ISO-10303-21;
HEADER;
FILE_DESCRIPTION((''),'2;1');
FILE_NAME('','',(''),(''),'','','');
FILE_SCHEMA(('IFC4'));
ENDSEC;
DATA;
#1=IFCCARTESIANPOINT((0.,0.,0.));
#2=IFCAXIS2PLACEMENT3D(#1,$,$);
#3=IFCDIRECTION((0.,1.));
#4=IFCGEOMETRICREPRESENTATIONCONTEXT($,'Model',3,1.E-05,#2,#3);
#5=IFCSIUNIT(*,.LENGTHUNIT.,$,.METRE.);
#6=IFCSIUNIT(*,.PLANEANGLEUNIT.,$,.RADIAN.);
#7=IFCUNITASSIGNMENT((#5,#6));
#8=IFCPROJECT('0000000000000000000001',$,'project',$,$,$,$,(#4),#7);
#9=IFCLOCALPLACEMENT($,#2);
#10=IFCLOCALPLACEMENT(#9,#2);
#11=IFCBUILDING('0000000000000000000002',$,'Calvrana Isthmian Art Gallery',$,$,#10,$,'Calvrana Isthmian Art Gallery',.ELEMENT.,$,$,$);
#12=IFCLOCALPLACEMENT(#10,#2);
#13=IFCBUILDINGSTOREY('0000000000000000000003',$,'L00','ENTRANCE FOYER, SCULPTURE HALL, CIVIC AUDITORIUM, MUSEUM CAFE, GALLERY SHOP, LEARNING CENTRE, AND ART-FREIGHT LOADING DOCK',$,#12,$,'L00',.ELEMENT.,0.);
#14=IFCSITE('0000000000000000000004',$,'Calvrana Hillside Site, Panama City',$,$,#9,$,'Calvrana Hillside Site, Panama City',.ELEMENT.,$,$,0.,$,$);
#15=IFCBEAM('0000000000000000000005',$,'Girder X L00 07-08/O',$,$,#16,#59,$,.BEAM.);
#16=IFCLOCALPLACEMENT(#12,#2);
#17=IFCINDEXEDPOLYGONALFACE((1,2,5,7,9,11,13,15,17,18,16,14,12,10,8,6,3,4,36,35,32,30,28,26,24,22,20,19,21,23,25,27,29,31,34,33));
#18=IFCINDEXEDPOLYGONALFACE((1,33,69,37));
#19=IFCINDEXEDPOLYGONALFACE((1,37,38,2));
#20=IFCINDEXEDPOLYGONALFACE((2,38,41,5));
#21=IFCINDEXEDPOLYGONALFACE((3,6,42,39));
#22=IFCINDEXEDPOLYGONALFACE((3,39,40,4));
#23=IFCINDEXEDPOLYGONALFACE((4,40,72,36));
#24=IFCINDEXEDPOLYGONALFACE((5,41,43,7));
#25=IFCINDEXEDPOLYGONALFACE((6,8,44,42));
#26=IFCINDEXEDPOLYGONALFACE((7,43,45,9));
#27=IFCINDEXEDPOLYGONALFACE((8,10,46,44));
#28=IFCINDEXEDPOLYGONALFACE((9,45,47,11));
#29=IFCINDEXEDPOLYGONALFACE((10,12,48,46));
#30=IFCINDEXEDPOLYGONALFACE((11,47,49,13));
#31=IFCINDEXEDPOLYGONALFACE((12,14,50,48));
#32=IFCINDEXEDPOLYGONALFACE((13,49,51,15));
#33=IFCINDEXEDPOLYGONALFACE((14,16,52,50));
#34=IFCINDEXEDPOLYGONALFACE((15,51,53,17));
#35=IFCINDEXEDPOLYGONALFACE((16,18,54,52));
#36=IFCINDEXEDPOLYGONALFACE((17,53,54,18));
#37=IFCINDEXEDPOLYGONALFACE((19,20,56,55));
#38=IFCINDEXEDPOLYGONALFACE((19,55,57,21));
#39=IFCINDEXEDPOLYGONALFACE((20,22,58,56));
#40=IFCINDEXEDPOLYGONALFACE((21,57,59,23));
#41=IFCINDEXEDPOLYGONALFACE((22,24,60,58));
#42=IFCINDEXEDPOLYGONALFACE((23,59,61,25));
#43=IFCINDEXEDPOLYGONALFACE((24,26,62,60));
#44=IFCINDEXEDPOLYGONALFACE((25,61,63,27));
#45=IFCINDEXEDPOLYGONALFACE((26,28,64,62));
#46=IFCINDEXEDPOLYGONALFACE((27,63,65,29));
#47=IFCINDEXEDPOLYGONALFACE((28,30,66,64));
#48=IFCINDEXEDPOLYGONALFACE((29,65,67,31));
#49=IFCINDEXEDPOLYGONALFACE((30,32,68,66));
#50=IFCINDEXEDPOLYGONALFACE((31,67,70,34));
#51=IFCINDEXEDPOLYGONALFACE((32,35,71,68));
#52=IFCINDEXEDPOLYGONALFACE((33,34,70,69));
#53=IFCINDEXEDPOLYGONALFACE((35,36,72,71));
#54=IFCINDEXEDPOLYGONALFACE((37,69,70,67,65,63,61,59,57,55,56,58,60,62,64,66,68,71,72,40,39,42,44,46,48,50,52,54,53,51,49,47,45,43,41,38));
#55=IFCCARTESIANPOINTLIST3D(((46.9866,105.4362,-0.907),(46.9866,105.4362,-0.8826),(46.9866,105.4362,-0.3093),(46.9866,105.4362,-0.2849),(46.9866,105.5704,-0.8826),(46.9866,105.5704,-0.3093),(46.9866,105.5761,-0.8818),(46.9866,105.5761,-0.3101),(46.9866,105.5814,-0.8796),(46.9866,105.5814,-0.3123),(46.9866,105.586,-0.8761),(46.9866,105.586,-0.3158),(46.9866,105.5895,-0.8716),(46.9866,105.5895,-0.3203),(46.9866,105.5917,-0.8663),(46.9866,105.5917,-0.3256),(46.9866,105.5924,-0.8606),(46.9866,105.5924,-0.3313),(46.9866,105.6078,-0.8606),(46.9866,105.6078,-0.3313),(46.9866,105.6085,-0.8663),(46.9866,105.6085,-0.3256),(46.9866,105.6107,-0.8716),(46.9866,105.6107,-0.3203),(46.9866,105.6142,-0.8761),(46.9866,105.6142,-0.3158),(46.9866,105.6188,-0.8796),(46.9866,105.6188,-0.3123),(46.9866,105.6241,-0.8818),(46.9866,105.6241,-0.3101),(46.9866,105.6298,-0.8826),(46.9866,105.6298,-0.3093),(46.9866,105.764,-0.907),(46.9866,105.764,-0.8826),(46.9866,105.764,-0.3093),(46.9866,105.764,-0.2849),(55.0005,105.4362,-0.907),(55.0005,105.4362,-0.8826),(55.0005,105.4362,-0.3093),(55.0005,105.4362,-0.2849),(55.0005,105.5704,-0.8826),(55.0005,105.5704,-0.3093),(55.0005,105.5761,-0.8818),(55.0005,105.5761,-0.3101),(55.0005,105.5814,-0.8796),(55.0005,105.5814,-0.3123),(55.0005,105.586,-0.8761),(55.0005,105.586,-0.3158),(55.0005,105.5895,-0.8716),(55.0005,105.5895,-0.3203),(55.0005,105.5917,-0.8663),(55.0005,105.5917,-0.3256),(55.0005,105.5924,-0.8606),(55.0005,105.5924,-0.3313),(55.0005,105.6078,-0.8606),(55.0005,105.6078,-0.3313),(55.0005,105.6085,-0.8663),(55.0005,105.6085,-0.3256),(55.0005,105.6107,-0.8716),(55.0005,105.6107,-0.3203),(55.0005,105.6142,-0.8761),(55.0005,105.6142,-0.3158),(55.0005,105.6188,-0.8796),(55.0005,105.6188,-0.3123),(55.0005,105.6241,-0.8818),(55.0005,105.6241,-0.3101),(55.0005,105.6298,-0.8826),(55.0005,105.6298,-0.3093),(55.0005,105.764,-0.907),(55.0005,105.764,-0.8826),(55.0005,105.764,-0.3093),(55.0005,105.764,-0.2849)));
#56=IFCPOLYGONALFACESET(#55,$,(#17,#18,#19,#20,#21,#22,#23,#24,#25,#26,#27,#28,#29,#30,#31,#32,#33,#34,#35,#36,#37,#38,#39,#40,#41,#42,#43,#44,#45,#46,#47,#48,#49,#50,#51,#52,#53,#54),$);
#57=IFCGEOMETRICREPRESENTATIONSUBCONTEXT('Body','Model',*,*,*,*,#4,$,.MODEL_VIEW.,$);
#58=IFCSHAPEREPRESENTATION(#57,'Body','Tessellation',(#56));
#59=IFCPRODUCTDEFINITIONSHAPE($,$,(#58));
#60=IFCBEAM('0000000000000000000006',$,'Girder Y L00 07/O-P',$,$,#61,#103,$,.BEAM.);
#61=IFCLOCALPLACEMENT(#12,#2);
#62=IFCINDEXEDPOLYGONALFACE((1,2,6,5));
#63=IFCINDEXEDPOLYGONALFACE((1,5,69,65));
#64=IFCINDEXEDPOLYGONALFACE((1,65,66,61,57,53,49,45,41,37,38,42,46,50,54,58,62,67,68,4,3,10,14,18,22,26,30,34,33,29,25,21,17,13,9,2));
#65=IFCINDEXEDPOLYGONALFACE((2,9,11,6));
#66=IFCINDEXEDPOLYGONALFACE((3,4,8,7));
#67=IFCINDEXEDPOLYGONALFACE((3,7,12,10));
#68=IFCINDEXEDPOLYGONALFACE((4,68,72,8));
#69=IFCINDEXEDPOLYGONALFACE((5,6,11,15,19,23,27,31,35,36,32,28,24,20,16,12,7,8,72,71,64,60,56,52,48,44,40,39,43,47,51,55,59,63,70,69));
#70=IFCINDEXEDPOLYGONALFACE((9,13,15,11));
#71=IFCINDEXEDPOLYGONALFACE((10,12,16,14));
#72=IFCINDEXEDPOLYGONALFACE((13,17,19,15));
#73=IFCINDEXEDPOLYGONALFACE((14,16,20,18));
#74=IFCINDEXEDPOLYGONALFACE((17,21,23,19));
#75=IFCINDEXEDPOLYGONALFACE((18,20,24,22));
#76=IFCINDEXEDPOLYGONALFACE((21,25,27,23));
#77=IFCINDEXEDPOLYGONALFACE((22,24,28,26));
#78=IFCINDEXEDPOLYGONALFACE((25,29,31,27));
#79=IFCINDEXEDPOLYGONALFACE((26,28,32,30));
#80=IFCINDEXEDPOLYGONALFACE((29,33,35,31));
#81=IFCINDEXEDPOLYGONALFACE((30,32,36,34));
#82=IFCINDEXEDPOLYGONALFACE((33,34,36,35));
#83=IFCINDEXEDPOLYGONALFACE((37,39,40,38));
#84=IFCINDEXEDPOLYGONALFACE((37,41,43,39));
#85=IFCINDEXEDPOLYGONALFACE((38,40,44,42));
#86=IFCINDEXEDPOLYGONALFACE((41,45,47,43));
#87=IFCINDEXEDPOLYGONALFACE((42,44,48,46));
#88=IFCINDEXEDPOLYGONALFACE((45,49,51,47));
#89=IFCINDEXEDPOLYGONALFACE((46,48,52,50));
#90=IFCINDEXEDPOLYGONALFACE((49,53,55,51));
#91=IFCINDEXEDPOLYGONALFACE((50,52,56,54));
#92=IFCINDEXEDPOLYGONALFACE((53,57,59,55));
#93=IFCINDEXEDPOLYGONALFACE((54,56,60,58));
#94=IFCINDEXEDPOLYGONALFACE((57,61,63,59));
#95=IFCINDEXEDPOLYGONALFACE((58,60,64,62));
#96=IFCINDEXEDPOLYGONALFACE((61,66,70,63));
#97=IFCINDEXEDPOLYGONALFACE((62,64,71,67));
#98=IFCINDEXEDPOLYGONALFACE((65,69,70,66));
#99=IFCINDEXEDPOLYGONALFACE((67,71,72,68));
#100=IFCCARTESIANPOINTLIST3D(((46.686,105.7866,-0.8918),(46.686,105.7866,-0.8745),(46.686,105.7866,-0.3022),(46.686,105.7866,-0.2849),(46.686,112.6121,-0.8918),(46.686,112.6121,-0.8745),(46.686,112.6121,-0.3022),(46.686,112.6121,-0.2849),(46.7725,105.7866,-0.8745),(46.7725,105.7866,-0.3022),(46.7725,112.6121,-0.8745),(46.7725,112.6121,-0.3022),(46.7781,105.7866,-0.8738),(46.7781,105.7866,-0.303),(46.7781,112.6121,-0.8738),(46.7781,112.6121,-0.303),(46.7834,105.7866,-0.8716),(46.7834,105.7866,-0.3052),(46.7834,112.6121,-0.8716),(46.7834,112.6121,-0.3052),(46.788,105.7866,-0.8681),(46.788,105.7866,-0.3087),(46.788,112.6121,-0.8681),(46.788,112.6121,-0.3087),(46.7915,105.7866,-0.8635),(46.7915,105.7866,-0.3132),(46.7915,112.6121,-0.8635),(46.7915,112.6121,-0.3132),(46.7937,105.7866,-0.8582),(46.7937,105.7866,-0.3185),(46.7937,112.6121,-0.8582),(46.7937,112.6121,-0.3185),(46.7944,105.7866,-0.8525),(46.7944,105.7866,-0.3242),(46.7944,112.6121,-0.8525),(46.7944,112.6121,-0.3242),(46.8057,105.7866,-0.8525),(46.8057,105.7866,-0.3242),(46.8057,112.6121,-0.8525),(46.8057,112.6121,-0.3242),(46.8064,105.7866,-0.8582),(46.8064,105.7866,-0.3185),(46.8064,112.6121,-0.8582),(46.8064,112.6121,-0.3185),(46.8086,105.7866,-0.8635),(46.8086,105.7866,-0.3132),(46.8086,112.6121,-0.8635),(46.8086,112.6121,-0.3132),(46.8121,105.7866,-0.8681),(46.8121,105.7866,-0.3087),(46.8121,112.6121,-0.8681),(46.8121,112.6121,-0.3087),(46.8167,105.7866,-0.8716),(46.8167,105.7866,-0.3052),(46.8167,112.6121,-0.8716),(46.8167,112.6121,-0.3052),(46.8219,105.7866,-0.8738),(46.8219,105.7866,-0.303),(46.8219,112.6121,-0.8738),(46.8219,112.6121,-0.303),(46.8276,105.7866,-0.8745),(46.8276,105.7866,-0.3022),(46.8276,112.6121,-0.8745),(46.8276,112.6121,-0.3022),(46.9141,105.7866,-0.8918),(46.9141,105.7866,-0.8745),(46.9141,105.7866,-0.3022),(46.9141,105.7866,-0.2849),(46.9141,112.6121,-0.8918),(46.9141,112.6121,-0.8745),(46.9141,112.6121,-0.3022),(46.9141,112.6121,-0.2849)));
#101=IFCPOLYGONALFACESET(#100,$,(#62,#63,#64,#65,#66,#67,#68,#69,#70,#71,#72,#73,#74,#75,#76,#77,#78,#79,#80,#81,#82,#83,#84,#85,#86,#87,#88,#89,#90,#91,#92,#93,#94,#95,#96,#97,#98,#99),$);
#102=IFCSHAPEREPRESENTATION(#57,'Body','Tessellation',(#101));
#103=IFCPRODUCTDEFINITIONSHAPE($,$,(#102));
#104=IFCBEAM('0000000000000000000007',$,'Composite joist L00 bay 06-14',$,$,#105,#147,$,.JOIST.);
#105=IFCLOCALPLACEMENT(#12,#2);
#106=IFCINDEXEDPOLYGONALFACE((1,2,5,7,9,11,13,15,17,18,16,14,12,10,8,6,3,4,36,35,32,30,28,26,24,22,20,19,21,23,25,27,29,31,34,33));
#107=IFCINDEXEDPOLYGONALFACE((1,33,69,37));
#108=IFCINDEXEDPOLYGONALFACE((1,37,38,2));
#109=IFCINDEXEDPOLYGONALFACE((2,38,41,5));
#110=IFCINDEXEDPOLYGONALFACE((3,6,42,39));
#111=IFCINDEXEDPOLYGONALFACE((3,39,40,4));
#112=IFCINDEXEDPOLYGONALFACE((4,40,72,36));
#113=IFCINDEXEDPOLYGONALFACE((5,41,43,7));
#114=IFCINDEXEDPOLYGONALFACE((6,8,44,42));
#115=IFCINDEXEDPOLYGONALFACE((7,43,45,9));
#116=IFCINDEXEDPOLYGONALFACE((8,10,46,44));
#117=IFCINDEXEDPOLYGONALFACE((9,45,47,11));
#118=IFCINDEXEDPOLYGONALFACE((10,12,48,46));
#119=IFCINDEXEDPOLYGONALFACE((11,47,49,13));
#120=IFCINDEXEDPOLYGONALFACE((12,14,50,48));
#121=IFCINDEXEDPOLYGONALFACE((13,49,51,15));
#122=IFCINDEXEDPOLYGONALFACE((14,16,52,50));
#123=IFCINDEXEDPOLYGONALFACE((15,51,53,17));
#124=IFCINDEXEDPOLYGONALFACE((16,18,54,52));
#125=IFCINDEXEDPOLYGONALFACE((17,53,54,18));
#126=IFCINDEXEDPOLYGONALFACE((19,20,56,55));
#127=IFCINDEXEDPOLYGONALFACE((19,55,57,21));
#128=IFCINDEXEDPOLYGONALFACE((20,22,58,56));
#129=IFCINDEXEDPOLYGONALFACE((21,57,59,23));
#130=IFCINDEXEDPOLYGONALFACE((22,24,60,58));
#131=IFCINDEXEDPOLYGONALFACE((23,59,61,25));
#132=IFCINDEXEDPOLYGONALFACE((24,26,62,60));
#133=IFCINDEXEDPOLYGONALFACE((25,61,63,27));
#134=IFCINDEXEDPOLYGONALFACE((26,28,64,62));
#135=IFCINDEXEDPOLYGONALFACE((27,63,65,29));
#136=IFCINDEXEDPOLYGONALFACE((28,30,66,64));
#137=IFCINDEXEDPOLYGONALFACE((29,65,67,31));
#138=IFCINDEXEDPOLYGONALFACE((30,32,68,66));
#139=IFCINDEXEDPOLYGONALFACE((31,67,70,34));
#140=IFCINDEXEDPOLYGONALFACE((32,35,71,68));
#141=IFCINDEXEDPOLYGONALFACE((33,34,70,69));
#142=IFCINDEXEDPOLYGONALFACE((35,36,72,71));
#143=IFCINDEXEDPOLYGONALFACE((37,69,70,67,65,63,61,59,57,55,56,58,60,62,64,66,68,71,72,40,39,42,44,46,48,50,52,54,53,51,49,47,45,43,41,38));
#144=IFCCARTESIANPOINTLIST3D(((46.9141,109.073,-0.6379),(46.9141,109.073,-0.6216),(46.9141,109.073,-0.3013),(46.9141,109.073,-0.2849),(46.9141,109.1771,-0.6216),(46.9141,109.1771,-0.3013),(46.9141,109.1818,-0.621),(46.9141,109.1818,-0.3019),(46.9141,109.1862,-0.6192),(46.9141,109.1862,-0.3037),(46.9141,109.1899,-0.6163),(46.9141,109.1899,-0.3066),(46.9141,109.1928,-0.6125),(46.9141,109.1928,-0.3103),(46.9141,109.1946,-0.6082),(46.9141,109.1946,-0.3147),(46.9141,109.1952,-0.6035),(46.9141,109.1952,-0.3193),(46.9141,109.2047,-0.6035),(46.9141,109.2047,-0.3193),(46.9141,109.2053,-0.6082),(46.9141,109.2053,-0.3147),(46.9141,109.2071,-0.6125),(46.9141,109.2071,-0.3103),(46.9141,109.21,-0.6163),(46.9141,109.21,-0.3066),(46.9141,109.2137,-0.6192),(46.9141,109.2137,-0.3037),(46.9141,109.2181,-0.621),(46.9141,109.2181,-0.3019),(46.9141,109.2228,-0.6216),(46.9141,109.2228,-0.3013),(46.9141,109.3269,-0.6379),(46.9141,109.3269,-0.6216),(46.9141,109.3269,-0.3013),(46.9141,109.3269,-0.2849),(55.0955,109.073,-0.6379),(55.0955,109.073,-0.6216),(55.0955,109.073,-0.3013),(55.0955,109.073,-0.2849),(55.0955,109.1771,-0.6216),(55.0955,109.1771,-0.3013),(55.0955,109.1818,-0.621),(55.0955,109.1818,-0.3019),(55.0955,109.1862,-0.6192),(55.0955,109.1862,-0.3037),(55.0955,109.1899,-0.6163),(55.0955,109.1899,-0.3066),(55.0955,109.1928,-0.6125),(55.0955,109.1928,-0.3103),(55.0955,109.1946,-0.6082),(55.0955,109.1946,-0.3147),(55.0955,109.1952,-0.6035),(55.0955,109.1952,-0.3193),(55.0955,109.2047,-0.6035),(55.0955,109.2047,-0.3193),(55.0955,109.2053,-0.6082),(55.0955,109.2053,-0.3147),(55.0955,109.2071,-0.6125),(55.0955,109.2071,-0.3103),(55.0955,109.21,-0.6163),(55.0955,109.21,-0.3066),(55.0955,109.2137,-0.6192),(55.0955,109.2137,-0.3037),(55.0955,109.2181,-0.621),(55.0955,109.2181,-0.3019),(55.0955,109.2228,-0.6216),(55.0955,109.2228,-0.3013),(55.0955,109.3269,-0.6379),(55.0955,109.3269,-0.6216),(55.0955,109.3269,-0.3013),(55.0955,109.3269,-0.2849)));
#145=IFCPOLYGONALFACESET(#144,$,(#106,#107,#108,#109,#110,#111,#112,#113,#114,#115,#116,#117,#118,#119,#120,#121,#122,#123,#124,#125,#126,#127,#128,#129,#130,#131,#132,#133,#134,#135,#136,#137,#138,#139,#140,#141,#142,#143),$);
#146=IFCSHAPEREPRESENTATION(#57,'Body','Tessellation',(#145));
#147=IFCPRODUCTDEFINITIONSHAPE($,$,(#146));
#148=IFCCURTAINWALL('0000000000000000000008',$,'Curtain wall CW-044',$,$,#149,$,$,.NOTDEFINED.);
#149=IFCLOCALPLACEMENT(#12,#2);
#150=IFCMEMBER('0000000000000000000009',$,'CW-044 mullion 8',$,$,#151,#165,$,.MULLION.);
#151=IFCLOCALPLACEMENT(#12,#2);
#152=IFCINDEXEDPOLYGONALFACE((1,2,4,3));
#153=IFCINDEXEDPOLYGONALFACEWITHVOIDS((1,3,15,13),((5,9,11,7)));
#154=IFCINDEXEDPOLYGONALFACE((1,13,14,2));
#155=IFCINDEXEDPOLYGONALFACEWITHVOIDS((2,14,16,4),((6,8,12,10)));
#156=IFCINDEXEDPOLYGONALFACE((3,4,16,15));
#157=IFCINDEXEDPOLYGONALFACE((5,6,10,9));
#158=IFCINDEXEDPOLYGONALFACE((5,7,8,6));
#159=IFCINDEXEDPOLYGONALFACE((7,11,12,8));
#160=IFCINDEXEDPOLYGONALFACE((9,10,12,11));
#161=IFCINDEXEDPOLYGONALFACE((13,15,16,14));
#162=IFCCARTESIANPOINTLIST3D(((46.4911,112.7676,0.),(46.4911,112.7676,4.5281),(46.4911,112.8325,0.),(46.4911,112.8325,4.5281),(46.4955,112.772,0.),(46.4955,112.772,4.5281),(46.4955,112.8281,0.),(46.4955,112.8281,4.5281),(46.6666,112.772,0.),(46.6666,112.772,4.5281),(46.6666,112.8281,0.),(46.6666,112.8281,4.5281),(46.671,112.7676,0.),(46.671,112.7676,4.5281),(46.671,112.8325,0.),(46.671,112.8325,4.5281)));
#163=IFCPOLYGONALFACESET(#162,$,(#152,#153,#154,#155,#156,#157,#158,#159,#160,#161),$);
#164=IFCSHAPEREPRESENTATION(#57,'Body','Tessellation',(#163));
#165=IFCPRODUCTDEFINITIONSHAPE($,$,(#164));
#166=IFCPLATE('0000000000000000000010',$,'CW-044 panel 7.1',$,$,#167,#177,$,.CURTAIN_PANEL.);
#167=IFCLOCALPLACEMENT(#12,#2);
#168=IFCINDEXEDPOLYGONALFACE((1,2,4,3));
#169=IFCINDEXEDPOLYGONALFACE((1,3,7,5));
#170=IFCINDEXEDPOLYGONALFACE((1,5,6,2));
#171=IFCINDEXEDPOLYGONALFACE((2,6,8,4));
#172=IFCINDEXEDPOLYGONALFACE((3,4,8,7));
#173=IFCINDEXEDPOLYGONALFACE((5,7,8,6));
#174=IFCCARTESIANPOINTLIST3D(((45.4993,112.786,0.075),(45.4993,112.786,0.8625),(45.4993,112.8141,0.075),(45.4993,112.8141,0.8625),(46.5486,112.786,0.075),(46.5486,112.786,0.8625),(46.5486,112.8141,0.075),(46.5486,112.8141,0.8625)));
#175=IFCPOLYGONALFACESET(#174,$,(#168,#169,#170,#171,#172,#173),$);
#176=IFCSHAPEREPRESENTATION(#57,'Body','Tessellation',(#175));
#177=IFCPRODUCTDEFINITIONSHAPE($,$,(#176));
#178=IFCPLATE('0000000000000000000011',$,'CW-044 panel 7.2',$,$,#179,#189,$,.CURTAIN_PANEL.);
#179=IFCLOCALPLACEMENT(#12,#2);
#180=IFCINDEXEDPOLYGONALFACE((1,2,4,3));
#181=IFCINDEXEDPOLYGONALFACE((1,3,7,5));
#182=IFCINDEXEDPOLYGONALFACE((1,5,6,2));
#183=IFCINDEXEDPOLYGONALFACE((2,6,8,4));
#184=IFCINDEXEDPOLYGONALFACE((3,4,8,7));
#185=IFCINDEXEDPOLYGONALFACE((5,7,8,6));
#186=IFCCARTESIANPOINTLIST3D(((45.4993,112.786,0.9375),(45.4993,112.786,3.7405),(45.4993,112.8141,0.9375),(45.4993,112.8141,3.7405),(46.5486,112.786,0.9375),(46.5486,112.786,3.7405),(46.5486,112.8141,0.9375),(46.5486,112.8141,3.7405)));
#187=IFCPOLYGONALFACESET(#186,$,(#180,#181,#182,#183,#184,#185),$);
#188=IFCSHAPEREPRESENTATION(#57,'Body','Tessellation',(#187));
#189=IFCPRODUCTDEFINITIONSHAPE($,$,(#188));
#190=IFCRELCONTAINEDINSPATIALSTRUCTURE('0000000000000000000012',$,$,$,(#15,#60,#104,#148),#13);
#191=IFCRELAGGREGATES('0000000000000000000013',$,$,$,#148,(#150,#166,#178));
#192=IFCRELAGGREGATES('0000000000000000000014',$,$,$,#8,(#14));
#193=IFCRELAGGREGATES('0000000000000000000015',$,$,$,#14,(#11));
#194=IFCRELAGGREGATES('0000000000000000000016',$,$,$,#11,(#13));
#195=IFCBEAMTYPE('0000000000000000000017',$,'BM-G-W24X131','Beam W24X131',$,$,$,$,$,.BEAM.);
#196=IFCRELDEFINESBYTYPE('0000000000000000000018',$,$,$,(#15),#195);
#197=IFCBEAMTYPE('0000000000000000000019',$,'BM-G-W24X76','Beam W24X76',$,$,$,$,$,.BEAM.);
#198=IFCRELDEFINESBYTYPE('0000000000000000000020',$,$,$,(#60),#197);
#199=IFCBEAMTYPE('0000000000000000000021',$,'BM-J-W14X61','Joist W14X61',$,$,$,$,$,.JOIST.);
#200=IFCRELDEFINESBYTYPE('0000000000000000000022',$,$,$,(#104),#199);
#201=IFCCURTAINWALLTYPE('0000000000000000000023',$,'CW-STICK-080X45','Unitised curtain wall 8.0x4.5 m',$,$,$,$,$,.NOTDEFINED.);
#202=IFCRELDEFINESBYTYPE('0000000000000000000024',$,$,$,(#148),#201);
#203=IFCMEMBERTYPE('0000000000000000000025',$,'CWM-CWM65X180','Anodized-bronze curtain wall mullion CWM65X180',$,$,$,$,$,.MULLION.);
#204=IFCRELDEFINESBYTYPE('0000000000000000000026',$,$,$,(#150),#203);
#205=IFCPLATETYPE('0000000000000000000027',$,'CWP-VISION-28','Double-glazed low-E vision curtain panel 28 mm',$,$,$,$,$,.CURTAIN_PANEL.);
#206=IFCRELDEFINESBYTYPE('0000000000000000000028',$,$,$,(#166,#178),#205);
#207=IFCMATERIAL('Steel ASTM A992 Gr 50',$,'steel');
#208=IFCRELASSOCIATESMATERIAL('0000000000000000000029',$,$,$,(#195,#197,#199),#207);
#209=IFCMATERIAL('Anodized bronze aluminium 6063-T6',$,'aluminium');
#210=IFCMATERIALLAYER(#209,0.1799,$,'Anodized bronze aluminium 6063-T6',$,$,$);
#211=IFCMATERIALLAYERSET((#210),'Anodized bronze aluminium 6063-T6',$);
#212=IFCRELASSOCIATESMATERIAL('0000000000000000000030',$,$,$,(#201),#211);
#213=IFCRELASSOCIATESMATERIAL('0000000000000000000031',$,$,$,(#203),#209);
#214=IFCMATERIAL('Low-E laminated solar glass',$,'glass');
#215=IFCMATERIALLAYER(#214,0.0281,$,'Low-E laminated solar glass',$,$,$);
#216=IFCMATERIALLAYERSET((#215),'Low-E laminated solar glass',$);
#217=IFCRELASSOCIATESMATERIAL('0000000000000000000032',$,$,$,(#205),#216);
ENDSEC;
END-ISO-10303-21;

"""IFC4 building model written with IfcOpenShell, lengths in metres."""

from ifc_helpers import new_model, si_unit, direction, frame, origin, origin_2d, place, context, subcontext, project, spatial, rectangle, hollow_rectangle, i_section, extrude, material, layer, layer_set, material_profile, profile_set, type_object, element, aggregate, save


model = new_model("IFC4")

# Units and contexts
model_context = context("Model", 3, precision=1e-05, world=origin(), true_north=direction((0.0, 1.0)))
body_context = subcontext(model_context, "Body", "Model", "MODEL_VIEW")
ifc_project = project(units=[si_unit("LENGTHUNIT", "METRE"), si_unit("PLANEANGLEUNIT", "RADIAN")], contexts=[model_context])

# Site, building, storey
site_placement = place(None, origin())
site = spatial("IfcSite", under=ifc_project, at=site_placement, Name="Calvrana Hillside Site, Panama City", LongName="Calvrana Hillside Site, Panama City", CompositionType="ELEMENT", RefElevation=0.0)
building_placement = place(site_placement, origin())
building = spatial("IfcBuilding", under=site, at=building_placement, Name="Calvrana Isthmian Art Gallery", LongName="Calvrana Isthmian Art Gallery", CompositionType="ELEMENT")
storey_placement = place(building_placement, origin())
storey = spatial("IfcBuildingStorey", under=building, at=storey_placement, Name="L00", Description="ENTRANCE FOYER, SCULPTURE HALL, CIVIC AUDITORIUM, MUSEUM CAFE, GALLERY SHOP, LEARNING CENTRE, AND ART-FREIGHT LOADING DOCK", LongName="L00", CompositionType="ELEMENT", Elevation=0.0)

# Shared definitions
ifc_material_1 = material(Name="Steel ASTM A992 Gr 50", Category="steel")

# Beams
ifc_material_profile_1 = material_profile(ifc_material_1, i_section(OverallWidth=0.3279, OverallDepth=0.6221, WebThickness=0.0154, FlangeThickness=0.0244, FilletRadius=0.022, at=origin_2d()), Name="W24X131")
ifc_profile_set_1 = profile_set([ifc_material_profile_1], Name="Steel ASTM A992 Gr 50")
beam_type_1 = type_object("IfcBeamType", Name="BM-G-W24X131", Description="Beam W24X131", PredefinedType="BEAM", material=ifc_profile_set_1)
beam_1_placement = place(storey_placement, frame((46.9866, 105.6001, -0.5959), z_axis=(1.0, 0.0, 0.0), x_axis=(0.0, 1.0, 0.0)))
element("IfcBeam", 1, at=beam_1_placement, inside=storey, type_object=beam_type_1, Name="Girder X L00 07-08/O", PredefinedType="BEAM", context=body_context, shape_type="SweptSolid", body=[
    extrude(i_section(OverallWidth=0.3279, OverallDepth=0.6221, WebThickness=0.0154, FlangeThickness=0.0244, FilletRadius=0.022, at=origin_2d()), origin(), (0.0, 0.0, 1.0), 8.0139),
])
ifc_material_profile_2 = material_profile(ifc_material_1, i_section(OverallWidth=0.228, OverallDepth=0.6069, WebThickness=0.0112, FlangeThickness=0.0173, FilletRadius=0.022, at=origin_2d()), Name="W24X76")
ifc_profile_set_2 = profile_set([ifc_material_profile_2], Name="Steel ASTM A992 Gr 50")
beam_type_2 = type_object("IfcBeamType", Name="BM-G-W24X76", Description="Beam W24X76", PredefinedType="BEAM", material=ifc_profile_set_2)
beam_2_placement = place(storey_placement, frame((46.8, 105.7866, -0.5884), z_axis=(0.0, 1.0, 0.0), x_axis=(-1.0, 0.0, 0.0)))
element("IfcBeam", 2, at=beam_2_placement, inside=storey, type_object=beam_type_2, Name="Girder Y L00 07/O-P", PredefinedType="BEAM", context=body_context, shape_type="SweptSolid", body=[
    extrude(i_section(OverallWidth=0.228, OverallDepth=0.6069, WebThickness=0.0112, FlangeThickness=0.0173, FilletRadius=0.022, at=origin_2d()), origin(), (0.0, 0.0, 1.0), 6.8254),
])
ifc_material_profile_3 = material_profile(ifc_material_1, i_section(OverallWidth=0.2539, OverallDepth=0.353, WebThickness=0.0095, FlangeThickness=0.0164, FilletRadius=0.0181, at=origin_2d()), Name="W14X61")
ifc_profile_set_3 = profile_set([ifc_material_profile_3], Name="Steel ASTM A992 Gr 50")
beam_type_3 = type_object("IfcBeamType", Name="BM-J-W14X61", Description="Joist W14X61", PredefinedType="JOIST", material=ifc_profile_set_3)
beam_3_placement = place(storey_placement, frame((46.9141, 109.2, -0.4614), z_axis=(1.0, 0.0, 0.0), x_axis=(0.0, 1.0, 0.0)))
element("IfcBeam", 3, at=beam_3_placement, inside=storey, type_object=beam_type_3, Name="Composite joist L00 bay 06-14", PredefinedType="JOIST", context=body_context, shape_type="SweptSolid", body=[
    extrude(i_section(OverallWidth=0.2539, OverallDepth=0.353, WebThickness=0.0095, FlangeThickness=0.0164, FilletRadius=0.0181, at=origin_2d()), origin(), (0.0, 0.0, 1.0), 8.1814),
])

# Curtain wall, member, plates
ifc_material_2 = material(Name="Anodized bronze aluminium 6063-T6", Category="aluminium")
ifc_layer_1 = layer(ifc_material_2, 0.1799, Name="Anodized bronze aluminium 6063-T6")
ifc_layer_set_1 = layer_set([ifc_layer_1], Name="Anodized bronze aluminium 6063-T6")
curtain_wall_type = type_object("IfcCurtainWallType", Name="CW-STICK-080X45", Description="Unitised curtain wall 8.0x4.5 m", PredefinedType="NOTDEFINED", material=ifc_layer_set_1)
curtain_wall_placement = place(storey_placement, origin())
curtain_wall = element("IfcCurtainWall", 4, at=curtain_wall_placement, inside=storey, type_object=curtain_wall_type, Name="Curtain wall CW-044", PredefinedType="NOTDEFINED")
ifc_material_profile_4 = material_profile(ifc_material_2, hollow_rectangle(XDim=0.0649, YDim=0.1799, WallThickness=0.0044, at=origin_2d()), Name="CWM65X180")
ifc_profile_set_4 = profile_set([ifc_material_profile_4], Name="Anodized bronze aluminium 6063-T6")
member_type = type_object("IfcMemberType", Name="CWM-CWM65X180", Description="Anodized-bronze curtain wall mullion CWM65X180", PredefinedType="MULLION", material=ifc_profile_set_4)
member_placement = place(storey_placement, frame((46.5811, 112.8, 0.0), z_axis=(0.0, 0.0, 1.0), x_axis=(0.0, 1.0, 0.0)))
member = element("IfcMember", 5, at=member_placement, type_object=member_type, Name="CW-044 mullion 8", PredefinedType="MULLION", context=body_context, shape_type="SweptSolid", body=[
    extrude(hollow_rectangle(XDim=0.0649, YDim=0.1799, WallThickness=0.0044, at=origin_2d()), origin(), (0.0, 0.0, 1.0), 4.5281),
])
ifc_material_3 = material(Name="Low-E laminated solar glass", Category="glass")
ifc_layer_2 = layer(ifc_material_3, 0.0281, Name="Low-E laminated solar glass")
ifc_layer_set_2 = layer_set([ifc_layer_2], Name="Low-E laminated solar glass")
plate_type_1 = type_object("IfcPlateType", Name="CWP-VISION-28", Description="Double-glazed low-E vision curtain panel 28 mm", PredefinedType="CURTAIN_PANEL", material=ifc_layer_set_2)
plate_1_placement = place(storey_placement, frame((46.0239, 112.8, 0.075), z_axis=(0.0, 0.0, 1.0), x_axis=(1.0, 0.0, 0.0)))
plate_1 = element("IfcPlate", 6, at=plate_1_placement, type_object=plate_type_1, Name="CW-044 panel 7.1", PredefinedType="CURTAIN_PANEL", context=body_context, shape_type="SweptSolid", body=[
    extrude(rectangle(XDim=1.0493, YDim=0.0281, at=origin_2d()), origin(), (0.0, 0.0, 1.0), 0.7876),
])
plate_2_placement = place(storey_placement, frame((46.0239, 112.8, 0.9375), z_axis=(0.0, 0.0, 1.0), x_axis=(1.0, 0.0, 0.0)))
plate_2 = element("IfcPlate", 7, at=plate_2_placement, type_object=plate_type_1, Name="CW-044 panel 7.2", PredefinedType="CURTAIN_PANEL", context=body_context, shape_type="SweptSolid", body=[
    extrude(rectangle(XDim=1.0493, YDim=0.0281, at=origin_2d()), origin(), (0.0, 0.0, 1.0), 2.803),
])
aggregate(curtain_wall, [member, plate_1, plate_2])

save(model, "model.ifc")
